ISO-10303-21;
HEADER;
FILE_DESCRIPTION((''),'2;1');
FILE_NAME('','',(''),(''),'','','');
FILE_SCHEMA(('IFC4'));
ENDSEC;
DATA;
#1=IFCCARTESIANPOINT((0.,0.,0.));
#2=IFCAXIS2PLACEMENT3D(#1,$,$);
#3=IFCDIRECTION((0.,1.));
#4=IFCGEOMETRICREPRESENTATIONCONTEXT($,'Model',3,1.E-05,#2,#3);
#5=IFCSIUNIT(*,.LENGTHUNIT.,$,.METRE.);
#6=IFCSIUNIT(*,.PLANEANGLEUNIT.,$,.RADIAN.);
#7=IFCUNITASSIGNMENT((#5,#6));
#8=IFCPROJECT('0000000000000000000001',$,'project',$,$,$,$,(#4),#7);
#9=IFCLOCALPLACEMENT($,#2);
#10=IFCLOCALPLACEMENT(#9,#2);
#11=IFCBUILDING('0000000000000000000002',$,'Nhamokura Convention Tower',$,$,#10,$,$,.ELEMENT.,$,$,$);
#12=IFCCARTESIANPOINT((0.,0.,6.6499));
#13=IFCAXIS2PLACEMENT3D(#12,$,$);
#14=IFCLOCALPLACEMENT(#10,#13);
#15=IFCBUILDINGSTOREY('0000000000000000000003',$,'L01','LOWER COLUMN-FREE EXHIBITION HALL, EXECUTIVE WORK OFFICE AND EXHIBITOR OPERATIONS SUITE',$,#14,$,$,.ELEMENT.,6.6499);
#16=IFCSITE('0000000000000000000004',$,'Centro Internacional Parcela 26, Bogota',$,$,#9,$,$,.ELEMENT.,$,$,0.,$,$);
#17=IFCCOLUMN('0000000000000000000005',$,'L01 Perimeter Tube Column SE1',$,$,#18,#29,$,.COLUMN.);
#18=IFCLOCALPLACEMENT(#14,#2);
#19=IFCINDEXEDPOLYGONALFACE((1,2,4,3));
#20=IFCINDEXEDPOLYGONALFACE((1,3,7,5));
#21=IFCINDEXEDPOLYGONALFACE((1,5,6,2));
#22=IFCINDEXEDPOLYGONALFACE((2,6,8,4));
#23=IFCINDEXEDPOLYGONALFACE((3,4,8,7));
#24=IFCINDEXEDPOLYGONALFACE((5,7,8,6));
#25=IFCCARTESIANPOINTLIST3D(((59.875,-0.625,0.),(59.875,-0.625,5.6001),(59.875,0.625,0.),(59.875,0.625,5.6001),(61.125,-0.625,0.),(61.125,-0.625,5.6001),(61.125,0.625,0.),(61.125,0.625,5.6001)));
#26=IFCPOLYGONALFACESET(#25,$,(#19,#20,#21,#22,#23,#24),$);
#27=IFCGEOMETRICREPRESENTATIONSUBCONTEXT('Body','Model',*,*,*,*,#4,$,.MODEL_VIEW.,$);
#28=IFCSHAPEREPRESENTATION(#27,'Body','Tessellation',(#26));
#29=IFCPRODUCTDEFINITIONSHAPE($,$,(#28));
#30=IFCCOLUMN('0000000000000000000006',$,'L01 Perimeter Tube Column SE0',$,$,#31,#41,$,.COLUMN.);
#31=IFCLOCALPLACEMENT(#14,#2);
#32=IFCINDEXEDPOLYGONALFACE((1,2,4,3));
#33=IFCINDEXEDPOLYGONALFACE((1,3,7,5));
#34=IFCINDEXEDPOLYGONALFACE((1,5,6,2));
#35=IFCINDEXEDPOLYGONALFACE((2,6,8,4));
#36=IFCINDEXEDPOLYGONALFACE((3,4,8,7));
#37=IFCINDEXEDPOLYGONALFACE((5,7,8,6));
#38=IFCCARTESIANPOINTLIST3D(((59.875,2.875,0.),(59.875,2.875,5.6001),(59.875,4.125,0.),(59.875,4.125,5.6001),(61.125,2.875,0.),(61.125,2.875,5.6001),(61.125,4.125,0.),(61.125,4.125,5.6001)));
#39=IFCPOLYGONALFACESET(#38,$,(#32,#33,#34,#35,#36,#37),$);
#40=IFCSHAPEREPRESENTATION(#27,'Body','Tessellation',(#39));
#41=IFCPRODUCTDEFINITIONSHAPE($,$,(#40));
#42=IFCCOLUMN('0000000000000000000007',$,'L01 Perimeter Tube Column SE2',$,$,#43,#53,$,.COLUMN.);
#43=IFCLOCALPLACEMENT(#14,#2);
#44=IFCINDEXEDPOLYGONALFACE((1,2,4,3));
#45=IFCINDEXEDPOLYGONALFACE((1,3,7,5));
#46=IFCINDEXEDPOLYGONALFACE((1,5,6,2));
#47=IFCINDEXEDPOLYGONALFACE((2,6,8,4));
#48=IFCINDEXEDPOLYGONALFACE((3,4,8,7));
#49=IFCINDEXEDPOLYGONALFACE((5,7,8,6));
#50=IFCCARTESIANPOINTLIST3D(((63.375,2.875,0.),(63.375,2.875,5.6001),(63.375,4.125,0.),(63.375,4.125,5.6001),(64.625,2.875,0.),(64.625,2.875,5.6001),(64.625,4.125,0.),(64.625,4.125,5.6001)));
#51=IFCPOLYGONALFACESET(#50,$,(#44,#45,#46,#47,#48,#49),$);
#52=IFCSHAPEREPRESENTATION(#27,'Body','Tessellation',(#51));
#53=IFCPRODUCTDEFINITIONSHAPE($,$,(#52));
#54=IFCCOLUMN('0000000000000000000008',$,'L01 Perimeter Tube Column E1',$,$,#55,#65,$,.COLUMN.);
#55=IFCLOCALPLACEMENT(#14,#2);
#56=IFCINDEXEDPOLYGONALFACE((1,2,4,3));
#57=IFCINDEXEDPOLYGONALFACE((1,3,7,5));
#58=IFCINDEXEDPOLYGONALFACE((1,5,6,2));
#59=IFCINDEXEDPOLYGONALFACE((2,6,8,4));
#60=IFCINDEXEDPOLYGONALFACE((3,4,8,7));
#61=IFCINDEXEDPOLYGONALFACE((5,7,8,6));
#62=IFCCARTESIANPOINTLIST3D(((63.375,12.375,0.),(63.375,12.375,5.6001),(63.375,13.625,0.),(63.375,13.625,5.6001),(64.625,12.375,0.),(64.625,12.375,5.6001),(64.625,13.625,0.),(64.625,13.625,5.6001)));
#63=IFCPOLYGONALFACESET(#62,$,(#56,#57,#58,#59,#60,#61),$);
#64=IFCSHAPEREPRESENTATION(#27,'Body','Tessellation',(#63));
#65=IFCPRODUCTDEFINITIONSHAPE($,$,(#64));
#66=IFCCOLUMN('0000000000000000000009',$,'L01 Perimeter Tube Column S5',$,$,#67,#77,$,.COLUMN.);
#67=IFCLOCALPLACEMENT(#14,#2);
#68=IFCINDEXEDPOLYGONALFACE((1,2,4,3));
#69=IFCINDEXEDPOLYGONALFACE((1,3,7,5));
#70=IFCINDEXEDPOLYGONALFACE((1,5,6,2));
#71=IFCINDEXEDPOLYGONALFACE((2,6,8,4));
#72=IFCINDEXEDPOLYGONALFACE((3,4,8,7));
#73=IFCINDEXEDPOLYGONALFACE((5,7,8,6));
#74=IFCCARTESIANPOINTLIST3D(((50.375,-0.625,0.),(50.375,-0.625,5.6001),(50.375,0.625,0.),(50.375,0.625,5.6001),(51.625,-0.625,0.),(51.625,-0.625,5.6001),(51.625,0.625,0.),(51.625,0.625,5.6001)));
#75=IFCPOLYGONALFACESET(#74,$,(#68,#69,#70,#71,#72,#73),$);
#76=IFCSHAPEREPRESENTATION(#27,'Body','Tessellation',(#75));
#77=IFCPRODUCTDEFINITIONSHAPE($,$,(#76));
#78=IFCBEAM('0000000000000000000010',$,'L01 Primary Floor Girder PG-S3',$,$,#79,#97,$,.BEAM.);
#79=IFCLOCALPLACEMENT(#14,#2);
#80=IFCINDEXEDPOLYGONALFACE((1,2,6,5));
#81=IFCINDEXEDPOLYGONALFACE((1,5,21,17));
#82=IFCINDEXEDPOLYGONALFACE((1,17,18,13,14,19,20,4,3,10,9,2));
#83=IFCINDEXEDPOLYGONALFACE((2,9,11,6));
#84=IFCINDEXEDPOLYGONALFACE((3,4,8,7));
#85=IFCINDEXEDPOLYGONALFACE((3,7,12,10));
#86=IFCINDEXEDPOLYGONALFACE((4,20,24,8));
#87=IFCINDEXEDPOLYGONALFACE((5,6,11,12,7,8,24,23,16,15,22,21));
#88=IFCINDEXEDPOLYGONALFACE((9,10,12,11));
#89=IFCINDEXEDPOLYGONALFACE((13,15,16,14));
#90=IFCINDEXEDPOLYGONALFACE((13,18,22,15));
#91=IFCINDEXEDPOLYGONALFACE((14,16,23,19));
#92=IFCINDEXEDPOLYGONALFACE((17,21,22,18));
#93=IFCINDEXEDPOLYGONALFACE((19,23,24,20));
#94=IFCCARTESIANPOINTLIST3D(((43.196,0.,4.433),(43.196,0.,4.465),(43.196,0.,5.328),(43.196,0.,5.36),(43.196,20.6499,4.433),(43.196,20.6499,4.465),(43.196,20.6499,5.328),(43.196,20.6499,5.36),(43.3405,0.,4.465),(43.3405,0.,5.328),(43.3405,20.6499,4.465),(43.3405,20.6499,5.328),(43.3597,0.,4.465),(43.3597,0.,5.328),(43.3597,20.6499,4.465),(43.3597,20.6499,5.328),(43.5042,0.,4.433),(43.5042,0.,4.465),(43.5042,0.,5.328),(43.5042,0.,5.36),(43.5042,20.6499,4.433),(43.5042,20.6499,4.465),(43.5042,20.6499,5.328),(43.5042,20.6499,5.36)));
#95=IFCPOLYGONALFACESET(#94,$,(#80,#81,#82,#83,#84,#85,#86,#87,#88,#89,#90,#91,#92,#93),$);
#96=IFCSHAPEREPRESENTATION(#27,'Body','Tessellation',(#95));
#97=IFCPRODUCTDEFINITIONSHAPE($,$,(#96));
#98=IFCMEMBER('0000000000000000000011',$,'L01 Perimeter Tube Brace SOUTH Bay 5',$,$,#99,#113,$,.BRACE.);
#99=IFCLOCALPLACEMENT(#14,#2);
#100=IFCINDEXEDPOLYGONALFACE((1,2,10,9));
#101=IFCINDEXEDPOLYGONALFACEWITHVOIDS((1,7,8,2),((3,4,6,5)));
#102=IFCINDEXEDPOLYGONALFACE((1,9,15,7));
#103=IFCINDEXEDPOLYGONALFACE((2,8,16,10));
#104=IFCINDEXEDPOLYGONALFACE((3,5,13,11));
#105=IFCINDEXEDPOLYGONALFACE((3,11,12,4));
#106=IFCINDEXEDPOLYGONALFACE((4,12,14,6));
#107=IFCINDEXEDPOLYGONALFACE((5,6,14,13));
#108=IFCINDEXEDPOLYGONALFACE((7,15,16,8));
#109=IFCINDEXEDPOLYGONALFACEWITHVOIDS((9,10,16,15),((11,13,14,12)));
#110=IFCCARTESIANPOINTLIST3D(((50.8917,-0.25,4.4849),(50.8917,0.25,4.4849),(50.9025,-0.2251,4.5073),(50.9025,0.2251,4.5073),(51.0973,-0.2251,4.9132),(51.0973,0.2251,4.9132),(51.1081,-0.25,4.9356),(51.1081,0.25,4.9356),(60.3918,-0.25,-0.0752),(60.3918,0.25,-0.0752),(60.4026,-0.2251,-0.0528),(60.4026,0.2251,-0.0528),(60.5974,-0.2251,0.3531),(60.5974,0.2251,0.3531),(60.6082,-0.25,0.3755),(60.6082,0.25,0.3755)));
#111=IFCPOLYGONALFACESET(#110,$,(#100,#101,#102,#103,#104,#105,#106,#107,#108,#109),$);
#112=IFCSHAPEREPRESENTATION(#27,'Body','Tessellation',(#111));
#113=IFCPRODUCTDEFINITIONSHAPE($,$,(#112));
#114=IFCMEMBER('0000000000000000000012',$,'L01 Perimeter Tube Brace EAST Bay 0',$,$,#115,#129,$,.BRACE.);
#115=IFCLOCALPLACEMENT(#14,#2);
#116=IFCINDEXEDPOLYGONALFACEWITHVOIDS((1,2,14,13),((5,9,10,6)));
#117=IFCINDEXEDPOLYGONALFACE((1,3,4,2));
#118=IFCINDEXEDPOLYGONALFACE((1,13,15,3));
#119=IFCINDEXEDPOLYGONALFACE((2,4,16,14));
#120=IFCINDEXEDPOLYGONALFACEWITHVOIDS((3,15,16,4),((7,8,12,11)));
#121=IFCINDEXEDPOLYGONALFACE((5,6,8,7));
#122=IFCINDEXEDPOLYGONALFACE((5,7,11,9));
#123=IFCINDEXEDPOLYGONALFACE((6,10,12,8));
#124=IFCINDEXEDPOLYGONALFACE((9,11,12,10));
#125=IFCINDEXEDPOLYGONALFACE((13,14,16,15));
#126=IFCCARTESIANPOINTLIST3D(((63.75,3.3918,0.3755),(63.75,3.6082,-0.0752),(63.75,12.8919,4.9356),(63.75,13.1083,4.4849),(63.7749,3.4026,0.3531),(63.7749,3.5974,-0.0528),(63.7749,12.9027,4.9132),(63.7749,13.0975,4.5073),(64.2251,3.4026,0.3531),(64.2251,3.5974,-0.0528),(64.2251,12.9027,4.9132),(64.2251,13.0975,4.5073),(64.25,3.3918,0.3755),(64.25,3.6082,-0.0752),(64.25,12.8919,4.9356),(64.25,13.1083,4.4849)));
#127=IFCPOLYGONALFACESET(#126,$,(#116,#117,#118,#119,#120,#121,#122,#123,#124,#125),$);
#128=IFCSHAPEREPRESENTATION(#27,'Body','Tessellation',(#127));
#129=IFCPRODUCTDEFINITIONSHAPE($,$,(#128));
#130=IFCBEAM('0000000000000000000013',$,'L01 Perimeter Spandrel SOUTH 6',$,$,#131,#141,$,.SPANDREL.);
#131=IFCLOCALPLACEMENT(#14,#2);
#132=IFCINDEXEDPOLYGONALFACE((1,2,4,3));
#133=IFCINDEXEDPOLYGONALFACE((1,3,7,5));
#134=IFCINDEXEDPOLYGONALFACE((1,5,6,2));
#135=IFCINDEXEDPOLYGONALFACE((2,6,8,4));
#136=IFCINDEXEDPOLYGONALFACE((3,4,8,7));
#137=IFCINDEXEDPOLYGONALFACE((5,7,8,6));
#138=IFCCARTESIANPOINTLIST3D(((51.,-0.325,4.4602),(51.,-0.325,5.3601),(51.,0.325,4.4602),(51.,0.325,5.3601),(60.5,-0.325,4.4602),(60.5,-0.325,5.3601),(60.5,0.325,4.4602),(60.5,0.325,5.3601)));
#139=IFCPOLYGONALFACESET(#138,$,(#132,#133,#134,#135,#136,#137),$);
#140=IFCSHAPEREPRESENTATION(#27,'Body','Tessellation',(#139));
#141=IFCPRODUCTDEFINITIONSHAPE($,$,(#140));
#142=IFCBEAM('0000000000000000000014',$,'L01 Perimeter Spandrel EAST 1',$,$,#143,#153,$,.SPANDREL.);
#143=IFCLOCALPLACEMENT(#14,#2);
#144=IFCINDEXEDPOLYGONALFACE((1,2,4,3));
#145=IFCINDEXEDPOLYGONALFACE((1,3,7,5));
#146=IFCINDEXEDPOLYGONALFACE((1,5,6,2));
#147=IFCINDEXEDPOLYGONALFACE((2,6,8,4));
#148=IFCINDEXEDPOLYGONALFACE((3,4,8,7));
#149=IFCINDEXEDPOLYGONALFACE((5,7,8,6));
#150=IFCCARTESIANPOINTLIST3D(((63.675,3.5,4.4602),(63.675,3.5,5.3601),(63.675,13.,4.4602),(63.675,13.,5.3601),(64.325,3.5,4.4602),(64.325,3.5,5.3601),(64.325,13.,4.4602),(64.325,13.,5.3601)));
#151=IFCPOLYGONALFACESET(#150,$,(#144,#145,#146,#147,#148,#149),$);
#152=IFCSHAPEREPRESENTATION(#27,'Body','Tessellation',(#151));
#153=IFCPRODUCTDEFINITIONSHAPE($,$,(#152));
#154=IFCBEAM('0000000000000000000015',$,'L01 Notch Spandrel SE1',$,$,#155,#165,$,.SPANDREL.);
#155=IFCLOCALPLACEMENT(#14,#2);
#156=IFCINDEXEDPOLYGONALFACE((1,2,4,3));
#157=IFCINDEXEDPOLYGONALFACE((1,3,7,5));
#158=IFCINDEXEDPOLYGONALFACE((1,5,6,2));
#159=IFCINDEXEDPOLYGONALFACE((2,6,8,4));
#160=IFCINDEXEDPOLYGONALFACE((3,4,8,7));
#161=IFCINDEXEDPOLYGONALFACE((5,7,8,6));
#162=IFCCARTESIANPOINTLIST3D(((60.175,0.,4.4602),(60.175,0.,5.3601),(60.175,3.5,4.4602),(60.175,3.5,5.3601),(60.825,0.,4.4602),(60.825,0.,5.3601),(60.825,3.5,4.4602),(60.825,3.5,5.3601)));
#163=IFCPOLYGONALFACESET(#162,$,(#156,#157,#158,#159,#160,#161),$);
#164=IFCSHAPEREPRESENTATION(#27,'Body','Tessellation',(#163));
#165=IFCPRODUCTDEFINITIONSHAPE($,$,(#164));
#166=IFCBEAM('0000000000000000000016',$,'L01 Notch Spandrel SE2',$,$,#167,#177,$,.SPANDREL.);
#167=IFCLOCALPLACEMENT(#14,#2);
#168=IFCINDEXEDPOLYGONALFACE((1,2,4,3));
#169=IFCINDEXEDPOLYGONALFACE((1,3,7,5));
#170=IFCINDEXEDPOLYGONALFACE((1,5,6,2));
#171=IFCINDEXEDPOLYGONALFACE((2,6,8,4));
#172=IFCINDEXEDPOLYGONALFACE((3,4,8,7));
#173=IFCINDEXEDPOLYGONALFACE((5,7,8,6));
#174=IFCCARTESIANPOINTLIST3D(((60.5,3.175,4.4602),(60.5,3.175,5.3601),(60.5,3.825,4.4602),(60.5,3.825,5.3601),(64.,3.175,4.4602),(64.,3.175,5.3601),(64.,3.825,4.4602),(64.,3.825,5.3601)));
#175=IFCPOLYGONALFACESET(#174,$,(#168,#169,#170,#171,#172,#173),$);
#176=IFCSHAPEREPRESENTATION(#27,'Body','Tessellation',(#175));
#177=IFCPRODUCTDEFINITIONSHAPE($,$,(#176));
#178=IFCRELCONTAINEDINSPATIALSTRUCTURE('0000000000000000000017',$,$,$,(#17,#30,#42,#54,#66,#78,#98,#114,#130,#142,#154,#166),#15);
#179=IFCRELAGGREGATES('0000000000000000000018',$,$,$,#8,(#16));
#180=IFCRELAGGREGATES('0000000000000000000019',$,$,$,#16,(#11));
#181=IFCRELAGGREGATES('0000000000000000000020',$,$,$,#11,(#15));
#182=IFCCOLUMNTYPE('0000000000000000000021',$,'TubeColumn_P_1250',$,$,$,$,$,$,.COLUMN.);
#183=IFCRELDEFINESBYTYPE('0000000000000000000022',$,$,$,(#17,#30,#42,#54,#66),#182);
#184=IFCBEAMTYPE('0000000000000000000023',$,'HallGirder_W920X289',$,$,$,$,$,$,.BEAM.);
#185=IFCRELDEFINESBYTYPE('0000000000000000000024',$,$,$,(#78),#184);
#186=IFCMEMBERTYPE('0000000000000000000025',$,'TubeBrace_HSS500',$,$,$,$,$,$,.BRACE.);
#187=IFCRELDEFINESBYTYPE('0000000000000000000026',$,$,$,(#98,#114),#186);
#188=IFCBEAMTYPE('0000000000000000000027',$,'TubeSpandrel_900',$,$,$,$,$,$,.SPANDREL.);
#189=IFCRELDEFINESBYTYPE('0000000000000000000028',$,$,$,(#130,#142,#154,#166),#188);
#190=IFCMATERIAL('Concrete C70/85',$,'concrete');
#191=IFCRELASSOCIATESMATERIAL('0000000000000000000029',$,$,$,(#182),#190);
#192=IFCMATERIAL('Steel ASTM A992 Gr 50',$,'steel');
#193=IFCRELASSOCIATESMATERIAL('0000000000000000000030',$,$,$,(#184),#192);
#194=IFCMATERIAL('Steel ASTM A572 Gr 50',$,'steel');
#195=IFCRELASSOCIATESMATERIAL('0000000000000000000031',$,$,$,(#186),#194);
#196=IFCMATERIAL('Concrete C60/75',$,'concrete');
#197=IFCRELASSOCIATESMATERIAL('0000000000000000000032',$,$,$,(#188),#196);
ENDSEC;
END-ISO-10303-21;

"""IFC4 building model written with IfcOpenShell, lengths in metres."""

from ifc_helpers import new_model, si_unit, direction, frame, origin, origin_2d, place, context, subcontext, project, spatial, rectangle, hollow_rectangle, i_section, extrude, material, material_profile, profile_set, type_object, element, save


model = new_model("IFC4")

# Units and contexts
model_context = context("Model", 3, precision=1e-05, world=origin(), true_north=direction((0.0, 1.0)))
body_context = subcontext(model_context, "Body", "Model", "MODEL_VIEW")
ifc_project = project(units=[si_unit("LENGTHUNIT", "METRE"), si_unit("PLANEANGLEUNIT", "RADIAN")], contexts=[model_context])

# Site, building, storey
site_placement = place(None, origin())
site = spatial("IfcSite", under=ifc_project, at=site_placement, Name="Centro Internacional Parcela 26, Bogota", CompositionType="ELEMENT", RefElevation=0.0)
building_placement = place(site_placement, origin())
building = spatial("IfcBuilding", under=site, at=building_placement, Name="Nhamokura Convention Tower", CompositionType="ELEMENT")
storey_placement = place(building_placement, frame((0.0, 0.0, 6.6499)))
storey = spatial("IfcBuildingStorey", under=building, at=storey_placement, Name="L01", Description="LOWER COLUMN-FREE EXHIBITION HALL, EXECUTIVE WORK OFFICE AND EXHIBITOR OPERATIONS SUITE", CompositionType="ELEMENT", Elevation=6.6499)

# Columns
ifc_material_1 = material(Name="Concrete C70/85", Category="concrete")
ifc_material_profile_1 = material_profile(ifc_material_1, rectangle(XDim=1.25, YDim=1.25, at=origin_2d()))
ifc_profile_set_1 = profile_set([ifc_material_profile_1], Name="Concrete C70/85")
column_type = type_object("IfcColumnType", Name="TubeColumn_P_1250", PredefinedType="COLUMN", material=ifc_profile_set_1)
for number, where, z_axis, x_axis, name in (
    (1, (60.5, 0.0, 0.0), (0.0, 0.0, 1.0), (1.0, 0.0, 0.0), "L01 Perimeter Tube Column SE1"),
    (2, (60.5, 3.5, 0.0), (0.0, 0.0, 1.0), (1.0, 0.0, 0.0), "L01 Perimeter Tube Column SE0"),
    (3, (64.0, 3.5, 0.0), (0.0, 0.0, 1.0), (1.0, 0.0, 0.0), "L01 Perimeter Tube Column SE2"),
    (4, (64.0, 13.0, 0.0), (0.0, 0.0, 1.0), (1.0, 0.0, 0.0), "L01 Perimeter Tube Column E1"),
    (5, (51.0, 0.0, 0.0), (0.0, 0.0, 1.0), (1.0, 0.0, 0.0), "L01 Perimeter Tube Column S5"),
):
    element("IfcColumn", number, at=place(storey_placement, frame(where, z_axis=z_axis, x_axis=x_axis)), inside=storey, type_object=column_type, Name=name, PredefinedType="COLUMN", context=body_context, shape_type="SweptSolid", body=[
        extrude(rectangle(XDim=1.25, YDim=1.25, at=origin_2d()), origin(), (0.0, 0.0, 1.0), 5.6001),
    ])

# Beam
ifc_material_2 = material(Name="Steel ASTM A992 Gr 50", Category="steel")
ifc_material_profile_2 = material_profile(ifc_material_2, i_section(OverallWidth=0.3081, OverallDepth=0.927, WebThickness=0.0193, FlangeThickness=0.032, at=origin_2d()))
ifc_profile_set_2 = profile_set([ifc_material_profile_2], Name="Steel ASTM A992 Gr 50")
beam_type_1 = type_object("IfcBeamType", Name="HallGirder_W920X289", PredefinedType="BEAM", material=ifc_profile_set_2)
beam_placement = place(storey_placement, frame((43.3501, 0.0, 4.8965), z_axis=(0.0, 1.0, 0.0), x_axis=(-1.0, 0.0, 0.0)))
element("IfcBeam", 6, at=beam_placement, inside=storey, type_object=beam_type_1, Name="L01 Primary Floor Girder PG-S3", PredefinedType="BEAM", context=body_context, shape_type="SweptSolid", body=[
    extrude(i_section(OverallWidth=0.3081, OverallDepth=0.927, WebThickness=0.0193, FlangeThickness=0.032, at=origin_2d()), origin(), (0.0, 0.0, 1.0), 20.6499),
])

# Members
ifc_material_3 = material(Name="Steel ASTM A572 Gr 50", Category="steel")
ifc_material_profile_3 = material_profile(ifc_material_3, hollow_rectangle(XDim=0.5, YDim=0.5, WallThickness=0.0249, at=origin_2d()))
ifc_profile_set_3 = profile_set([ifc_material_profile_3], Name="Steel ASTM A572 Gr 50")
member_type = type_object("IfcMemberType", Name="TubeBrace_HSS500", PredefinedType="BRACE", material=ifc_profile_set_3)
for number, where, z_axis, x_axis, name in (
    (7, (60.5, 0.0, 0.1501), (-0.901521, 0.0, 0.432736), (0.0, -1.0, 0.0), "L01 Perimeter Tube Brace SOUTH Bay 5"),
    (8, (64.0, 3.5, 0.1501), (0.0, 0.901521, 0.432736), (-1.0, 0.0, 0.0), "L01 Perimeter Tube Brace EAST Bay 0"),
):
    element("IfcMember", number, at=place(storey_placement, frame(where, z_axis=z_axis, x_axis=x_axis)), inside=storey, type_object=member_type, Name=name, PredefinedType="BRACE", context=body_context, shape_type="SweptSolid", body=[
        extrude(hollow_rectangle(XDim=0.5, YDim=0.5, WallThickness=0.0249, at=origin_2d()), origin(), (0.0, 0.0, 1.0), 10.5378),
    ])

# Beams
ifc_material_4 = material(Name="Concrete C60/75", Category="concrete")
ifc_material_profile_4 = material_profile(ifc_material_4, rectangle(XDim=0.6499, YDim=0.8999, at=origin_2d()))
ifc_profile_set_4 = profile_set([ifc_material_profile_4], Name="Concrete C60/75")
beam_type_2 = type_object("IfcBeamType", Name="TubeSpandrel_900", PredefinedType="SPANDREL", material=ifc_profile_set_4)
for number, where, z_axis, x_axis, name in (
    (9, (51.0, 0.0, 4.9102), (1.0, 0.0, 0.0), (0.0, 1.0, 0.0), "L01 Perimeter Spandrel SOUTH 6"),
    (10, (64.0, 3.5, 4.9102), (0.0, 1.0, 0.0), (-1.0, 0.0, 0.0), "L01 Perimeter Spandrel EAST 1"),
):
    element("IfcBeam", number, at=place(storey_placement, frame(where, z_axis=z_axis, x_axis=x_axis)), inside=storey, type_object=beam_type_2, Name=name, PredefinedType="SPANDREL", context=body_context, shape_type="SweptSolid", body=[
        extrude(rectangle(XDim=0.6499, YDim=0.8999, at=origin_2d()), origin(), (0.0, 0.0, 1.0), 9.5),
    ])
for number, where, z_axis, x_axis, name in (
    (11, (60.5, 0.0, 4.9102), (0.0, 1.0, 0.0), (-1.0, 0.0, 0.0), "L01 Notch Spandrel SE1"),
    (12, (60.5, 3.5, 4.9102), (1.0, 0.0, 0.0), (0.0, 1.0, 0.0), "L01 Notch Spandrel SE2"),
):
    element("IfcBeam", number, at=place(storey_placement, frame(where, z_axis=z_axis, x_axis=x_axis)), inside=storey, type_object=beam_type_2, Name=name, PredefinedType="SPANDREL", context=body_context, shape_type="SweptSolid", body=[
        extrude(rectangle(XDim=0.6499, YDim=0.8999, at=origin_2d()), origin(), (0.0, 0.0, 1.0), 3.5),
    ])

save(model, "model.ifc")
